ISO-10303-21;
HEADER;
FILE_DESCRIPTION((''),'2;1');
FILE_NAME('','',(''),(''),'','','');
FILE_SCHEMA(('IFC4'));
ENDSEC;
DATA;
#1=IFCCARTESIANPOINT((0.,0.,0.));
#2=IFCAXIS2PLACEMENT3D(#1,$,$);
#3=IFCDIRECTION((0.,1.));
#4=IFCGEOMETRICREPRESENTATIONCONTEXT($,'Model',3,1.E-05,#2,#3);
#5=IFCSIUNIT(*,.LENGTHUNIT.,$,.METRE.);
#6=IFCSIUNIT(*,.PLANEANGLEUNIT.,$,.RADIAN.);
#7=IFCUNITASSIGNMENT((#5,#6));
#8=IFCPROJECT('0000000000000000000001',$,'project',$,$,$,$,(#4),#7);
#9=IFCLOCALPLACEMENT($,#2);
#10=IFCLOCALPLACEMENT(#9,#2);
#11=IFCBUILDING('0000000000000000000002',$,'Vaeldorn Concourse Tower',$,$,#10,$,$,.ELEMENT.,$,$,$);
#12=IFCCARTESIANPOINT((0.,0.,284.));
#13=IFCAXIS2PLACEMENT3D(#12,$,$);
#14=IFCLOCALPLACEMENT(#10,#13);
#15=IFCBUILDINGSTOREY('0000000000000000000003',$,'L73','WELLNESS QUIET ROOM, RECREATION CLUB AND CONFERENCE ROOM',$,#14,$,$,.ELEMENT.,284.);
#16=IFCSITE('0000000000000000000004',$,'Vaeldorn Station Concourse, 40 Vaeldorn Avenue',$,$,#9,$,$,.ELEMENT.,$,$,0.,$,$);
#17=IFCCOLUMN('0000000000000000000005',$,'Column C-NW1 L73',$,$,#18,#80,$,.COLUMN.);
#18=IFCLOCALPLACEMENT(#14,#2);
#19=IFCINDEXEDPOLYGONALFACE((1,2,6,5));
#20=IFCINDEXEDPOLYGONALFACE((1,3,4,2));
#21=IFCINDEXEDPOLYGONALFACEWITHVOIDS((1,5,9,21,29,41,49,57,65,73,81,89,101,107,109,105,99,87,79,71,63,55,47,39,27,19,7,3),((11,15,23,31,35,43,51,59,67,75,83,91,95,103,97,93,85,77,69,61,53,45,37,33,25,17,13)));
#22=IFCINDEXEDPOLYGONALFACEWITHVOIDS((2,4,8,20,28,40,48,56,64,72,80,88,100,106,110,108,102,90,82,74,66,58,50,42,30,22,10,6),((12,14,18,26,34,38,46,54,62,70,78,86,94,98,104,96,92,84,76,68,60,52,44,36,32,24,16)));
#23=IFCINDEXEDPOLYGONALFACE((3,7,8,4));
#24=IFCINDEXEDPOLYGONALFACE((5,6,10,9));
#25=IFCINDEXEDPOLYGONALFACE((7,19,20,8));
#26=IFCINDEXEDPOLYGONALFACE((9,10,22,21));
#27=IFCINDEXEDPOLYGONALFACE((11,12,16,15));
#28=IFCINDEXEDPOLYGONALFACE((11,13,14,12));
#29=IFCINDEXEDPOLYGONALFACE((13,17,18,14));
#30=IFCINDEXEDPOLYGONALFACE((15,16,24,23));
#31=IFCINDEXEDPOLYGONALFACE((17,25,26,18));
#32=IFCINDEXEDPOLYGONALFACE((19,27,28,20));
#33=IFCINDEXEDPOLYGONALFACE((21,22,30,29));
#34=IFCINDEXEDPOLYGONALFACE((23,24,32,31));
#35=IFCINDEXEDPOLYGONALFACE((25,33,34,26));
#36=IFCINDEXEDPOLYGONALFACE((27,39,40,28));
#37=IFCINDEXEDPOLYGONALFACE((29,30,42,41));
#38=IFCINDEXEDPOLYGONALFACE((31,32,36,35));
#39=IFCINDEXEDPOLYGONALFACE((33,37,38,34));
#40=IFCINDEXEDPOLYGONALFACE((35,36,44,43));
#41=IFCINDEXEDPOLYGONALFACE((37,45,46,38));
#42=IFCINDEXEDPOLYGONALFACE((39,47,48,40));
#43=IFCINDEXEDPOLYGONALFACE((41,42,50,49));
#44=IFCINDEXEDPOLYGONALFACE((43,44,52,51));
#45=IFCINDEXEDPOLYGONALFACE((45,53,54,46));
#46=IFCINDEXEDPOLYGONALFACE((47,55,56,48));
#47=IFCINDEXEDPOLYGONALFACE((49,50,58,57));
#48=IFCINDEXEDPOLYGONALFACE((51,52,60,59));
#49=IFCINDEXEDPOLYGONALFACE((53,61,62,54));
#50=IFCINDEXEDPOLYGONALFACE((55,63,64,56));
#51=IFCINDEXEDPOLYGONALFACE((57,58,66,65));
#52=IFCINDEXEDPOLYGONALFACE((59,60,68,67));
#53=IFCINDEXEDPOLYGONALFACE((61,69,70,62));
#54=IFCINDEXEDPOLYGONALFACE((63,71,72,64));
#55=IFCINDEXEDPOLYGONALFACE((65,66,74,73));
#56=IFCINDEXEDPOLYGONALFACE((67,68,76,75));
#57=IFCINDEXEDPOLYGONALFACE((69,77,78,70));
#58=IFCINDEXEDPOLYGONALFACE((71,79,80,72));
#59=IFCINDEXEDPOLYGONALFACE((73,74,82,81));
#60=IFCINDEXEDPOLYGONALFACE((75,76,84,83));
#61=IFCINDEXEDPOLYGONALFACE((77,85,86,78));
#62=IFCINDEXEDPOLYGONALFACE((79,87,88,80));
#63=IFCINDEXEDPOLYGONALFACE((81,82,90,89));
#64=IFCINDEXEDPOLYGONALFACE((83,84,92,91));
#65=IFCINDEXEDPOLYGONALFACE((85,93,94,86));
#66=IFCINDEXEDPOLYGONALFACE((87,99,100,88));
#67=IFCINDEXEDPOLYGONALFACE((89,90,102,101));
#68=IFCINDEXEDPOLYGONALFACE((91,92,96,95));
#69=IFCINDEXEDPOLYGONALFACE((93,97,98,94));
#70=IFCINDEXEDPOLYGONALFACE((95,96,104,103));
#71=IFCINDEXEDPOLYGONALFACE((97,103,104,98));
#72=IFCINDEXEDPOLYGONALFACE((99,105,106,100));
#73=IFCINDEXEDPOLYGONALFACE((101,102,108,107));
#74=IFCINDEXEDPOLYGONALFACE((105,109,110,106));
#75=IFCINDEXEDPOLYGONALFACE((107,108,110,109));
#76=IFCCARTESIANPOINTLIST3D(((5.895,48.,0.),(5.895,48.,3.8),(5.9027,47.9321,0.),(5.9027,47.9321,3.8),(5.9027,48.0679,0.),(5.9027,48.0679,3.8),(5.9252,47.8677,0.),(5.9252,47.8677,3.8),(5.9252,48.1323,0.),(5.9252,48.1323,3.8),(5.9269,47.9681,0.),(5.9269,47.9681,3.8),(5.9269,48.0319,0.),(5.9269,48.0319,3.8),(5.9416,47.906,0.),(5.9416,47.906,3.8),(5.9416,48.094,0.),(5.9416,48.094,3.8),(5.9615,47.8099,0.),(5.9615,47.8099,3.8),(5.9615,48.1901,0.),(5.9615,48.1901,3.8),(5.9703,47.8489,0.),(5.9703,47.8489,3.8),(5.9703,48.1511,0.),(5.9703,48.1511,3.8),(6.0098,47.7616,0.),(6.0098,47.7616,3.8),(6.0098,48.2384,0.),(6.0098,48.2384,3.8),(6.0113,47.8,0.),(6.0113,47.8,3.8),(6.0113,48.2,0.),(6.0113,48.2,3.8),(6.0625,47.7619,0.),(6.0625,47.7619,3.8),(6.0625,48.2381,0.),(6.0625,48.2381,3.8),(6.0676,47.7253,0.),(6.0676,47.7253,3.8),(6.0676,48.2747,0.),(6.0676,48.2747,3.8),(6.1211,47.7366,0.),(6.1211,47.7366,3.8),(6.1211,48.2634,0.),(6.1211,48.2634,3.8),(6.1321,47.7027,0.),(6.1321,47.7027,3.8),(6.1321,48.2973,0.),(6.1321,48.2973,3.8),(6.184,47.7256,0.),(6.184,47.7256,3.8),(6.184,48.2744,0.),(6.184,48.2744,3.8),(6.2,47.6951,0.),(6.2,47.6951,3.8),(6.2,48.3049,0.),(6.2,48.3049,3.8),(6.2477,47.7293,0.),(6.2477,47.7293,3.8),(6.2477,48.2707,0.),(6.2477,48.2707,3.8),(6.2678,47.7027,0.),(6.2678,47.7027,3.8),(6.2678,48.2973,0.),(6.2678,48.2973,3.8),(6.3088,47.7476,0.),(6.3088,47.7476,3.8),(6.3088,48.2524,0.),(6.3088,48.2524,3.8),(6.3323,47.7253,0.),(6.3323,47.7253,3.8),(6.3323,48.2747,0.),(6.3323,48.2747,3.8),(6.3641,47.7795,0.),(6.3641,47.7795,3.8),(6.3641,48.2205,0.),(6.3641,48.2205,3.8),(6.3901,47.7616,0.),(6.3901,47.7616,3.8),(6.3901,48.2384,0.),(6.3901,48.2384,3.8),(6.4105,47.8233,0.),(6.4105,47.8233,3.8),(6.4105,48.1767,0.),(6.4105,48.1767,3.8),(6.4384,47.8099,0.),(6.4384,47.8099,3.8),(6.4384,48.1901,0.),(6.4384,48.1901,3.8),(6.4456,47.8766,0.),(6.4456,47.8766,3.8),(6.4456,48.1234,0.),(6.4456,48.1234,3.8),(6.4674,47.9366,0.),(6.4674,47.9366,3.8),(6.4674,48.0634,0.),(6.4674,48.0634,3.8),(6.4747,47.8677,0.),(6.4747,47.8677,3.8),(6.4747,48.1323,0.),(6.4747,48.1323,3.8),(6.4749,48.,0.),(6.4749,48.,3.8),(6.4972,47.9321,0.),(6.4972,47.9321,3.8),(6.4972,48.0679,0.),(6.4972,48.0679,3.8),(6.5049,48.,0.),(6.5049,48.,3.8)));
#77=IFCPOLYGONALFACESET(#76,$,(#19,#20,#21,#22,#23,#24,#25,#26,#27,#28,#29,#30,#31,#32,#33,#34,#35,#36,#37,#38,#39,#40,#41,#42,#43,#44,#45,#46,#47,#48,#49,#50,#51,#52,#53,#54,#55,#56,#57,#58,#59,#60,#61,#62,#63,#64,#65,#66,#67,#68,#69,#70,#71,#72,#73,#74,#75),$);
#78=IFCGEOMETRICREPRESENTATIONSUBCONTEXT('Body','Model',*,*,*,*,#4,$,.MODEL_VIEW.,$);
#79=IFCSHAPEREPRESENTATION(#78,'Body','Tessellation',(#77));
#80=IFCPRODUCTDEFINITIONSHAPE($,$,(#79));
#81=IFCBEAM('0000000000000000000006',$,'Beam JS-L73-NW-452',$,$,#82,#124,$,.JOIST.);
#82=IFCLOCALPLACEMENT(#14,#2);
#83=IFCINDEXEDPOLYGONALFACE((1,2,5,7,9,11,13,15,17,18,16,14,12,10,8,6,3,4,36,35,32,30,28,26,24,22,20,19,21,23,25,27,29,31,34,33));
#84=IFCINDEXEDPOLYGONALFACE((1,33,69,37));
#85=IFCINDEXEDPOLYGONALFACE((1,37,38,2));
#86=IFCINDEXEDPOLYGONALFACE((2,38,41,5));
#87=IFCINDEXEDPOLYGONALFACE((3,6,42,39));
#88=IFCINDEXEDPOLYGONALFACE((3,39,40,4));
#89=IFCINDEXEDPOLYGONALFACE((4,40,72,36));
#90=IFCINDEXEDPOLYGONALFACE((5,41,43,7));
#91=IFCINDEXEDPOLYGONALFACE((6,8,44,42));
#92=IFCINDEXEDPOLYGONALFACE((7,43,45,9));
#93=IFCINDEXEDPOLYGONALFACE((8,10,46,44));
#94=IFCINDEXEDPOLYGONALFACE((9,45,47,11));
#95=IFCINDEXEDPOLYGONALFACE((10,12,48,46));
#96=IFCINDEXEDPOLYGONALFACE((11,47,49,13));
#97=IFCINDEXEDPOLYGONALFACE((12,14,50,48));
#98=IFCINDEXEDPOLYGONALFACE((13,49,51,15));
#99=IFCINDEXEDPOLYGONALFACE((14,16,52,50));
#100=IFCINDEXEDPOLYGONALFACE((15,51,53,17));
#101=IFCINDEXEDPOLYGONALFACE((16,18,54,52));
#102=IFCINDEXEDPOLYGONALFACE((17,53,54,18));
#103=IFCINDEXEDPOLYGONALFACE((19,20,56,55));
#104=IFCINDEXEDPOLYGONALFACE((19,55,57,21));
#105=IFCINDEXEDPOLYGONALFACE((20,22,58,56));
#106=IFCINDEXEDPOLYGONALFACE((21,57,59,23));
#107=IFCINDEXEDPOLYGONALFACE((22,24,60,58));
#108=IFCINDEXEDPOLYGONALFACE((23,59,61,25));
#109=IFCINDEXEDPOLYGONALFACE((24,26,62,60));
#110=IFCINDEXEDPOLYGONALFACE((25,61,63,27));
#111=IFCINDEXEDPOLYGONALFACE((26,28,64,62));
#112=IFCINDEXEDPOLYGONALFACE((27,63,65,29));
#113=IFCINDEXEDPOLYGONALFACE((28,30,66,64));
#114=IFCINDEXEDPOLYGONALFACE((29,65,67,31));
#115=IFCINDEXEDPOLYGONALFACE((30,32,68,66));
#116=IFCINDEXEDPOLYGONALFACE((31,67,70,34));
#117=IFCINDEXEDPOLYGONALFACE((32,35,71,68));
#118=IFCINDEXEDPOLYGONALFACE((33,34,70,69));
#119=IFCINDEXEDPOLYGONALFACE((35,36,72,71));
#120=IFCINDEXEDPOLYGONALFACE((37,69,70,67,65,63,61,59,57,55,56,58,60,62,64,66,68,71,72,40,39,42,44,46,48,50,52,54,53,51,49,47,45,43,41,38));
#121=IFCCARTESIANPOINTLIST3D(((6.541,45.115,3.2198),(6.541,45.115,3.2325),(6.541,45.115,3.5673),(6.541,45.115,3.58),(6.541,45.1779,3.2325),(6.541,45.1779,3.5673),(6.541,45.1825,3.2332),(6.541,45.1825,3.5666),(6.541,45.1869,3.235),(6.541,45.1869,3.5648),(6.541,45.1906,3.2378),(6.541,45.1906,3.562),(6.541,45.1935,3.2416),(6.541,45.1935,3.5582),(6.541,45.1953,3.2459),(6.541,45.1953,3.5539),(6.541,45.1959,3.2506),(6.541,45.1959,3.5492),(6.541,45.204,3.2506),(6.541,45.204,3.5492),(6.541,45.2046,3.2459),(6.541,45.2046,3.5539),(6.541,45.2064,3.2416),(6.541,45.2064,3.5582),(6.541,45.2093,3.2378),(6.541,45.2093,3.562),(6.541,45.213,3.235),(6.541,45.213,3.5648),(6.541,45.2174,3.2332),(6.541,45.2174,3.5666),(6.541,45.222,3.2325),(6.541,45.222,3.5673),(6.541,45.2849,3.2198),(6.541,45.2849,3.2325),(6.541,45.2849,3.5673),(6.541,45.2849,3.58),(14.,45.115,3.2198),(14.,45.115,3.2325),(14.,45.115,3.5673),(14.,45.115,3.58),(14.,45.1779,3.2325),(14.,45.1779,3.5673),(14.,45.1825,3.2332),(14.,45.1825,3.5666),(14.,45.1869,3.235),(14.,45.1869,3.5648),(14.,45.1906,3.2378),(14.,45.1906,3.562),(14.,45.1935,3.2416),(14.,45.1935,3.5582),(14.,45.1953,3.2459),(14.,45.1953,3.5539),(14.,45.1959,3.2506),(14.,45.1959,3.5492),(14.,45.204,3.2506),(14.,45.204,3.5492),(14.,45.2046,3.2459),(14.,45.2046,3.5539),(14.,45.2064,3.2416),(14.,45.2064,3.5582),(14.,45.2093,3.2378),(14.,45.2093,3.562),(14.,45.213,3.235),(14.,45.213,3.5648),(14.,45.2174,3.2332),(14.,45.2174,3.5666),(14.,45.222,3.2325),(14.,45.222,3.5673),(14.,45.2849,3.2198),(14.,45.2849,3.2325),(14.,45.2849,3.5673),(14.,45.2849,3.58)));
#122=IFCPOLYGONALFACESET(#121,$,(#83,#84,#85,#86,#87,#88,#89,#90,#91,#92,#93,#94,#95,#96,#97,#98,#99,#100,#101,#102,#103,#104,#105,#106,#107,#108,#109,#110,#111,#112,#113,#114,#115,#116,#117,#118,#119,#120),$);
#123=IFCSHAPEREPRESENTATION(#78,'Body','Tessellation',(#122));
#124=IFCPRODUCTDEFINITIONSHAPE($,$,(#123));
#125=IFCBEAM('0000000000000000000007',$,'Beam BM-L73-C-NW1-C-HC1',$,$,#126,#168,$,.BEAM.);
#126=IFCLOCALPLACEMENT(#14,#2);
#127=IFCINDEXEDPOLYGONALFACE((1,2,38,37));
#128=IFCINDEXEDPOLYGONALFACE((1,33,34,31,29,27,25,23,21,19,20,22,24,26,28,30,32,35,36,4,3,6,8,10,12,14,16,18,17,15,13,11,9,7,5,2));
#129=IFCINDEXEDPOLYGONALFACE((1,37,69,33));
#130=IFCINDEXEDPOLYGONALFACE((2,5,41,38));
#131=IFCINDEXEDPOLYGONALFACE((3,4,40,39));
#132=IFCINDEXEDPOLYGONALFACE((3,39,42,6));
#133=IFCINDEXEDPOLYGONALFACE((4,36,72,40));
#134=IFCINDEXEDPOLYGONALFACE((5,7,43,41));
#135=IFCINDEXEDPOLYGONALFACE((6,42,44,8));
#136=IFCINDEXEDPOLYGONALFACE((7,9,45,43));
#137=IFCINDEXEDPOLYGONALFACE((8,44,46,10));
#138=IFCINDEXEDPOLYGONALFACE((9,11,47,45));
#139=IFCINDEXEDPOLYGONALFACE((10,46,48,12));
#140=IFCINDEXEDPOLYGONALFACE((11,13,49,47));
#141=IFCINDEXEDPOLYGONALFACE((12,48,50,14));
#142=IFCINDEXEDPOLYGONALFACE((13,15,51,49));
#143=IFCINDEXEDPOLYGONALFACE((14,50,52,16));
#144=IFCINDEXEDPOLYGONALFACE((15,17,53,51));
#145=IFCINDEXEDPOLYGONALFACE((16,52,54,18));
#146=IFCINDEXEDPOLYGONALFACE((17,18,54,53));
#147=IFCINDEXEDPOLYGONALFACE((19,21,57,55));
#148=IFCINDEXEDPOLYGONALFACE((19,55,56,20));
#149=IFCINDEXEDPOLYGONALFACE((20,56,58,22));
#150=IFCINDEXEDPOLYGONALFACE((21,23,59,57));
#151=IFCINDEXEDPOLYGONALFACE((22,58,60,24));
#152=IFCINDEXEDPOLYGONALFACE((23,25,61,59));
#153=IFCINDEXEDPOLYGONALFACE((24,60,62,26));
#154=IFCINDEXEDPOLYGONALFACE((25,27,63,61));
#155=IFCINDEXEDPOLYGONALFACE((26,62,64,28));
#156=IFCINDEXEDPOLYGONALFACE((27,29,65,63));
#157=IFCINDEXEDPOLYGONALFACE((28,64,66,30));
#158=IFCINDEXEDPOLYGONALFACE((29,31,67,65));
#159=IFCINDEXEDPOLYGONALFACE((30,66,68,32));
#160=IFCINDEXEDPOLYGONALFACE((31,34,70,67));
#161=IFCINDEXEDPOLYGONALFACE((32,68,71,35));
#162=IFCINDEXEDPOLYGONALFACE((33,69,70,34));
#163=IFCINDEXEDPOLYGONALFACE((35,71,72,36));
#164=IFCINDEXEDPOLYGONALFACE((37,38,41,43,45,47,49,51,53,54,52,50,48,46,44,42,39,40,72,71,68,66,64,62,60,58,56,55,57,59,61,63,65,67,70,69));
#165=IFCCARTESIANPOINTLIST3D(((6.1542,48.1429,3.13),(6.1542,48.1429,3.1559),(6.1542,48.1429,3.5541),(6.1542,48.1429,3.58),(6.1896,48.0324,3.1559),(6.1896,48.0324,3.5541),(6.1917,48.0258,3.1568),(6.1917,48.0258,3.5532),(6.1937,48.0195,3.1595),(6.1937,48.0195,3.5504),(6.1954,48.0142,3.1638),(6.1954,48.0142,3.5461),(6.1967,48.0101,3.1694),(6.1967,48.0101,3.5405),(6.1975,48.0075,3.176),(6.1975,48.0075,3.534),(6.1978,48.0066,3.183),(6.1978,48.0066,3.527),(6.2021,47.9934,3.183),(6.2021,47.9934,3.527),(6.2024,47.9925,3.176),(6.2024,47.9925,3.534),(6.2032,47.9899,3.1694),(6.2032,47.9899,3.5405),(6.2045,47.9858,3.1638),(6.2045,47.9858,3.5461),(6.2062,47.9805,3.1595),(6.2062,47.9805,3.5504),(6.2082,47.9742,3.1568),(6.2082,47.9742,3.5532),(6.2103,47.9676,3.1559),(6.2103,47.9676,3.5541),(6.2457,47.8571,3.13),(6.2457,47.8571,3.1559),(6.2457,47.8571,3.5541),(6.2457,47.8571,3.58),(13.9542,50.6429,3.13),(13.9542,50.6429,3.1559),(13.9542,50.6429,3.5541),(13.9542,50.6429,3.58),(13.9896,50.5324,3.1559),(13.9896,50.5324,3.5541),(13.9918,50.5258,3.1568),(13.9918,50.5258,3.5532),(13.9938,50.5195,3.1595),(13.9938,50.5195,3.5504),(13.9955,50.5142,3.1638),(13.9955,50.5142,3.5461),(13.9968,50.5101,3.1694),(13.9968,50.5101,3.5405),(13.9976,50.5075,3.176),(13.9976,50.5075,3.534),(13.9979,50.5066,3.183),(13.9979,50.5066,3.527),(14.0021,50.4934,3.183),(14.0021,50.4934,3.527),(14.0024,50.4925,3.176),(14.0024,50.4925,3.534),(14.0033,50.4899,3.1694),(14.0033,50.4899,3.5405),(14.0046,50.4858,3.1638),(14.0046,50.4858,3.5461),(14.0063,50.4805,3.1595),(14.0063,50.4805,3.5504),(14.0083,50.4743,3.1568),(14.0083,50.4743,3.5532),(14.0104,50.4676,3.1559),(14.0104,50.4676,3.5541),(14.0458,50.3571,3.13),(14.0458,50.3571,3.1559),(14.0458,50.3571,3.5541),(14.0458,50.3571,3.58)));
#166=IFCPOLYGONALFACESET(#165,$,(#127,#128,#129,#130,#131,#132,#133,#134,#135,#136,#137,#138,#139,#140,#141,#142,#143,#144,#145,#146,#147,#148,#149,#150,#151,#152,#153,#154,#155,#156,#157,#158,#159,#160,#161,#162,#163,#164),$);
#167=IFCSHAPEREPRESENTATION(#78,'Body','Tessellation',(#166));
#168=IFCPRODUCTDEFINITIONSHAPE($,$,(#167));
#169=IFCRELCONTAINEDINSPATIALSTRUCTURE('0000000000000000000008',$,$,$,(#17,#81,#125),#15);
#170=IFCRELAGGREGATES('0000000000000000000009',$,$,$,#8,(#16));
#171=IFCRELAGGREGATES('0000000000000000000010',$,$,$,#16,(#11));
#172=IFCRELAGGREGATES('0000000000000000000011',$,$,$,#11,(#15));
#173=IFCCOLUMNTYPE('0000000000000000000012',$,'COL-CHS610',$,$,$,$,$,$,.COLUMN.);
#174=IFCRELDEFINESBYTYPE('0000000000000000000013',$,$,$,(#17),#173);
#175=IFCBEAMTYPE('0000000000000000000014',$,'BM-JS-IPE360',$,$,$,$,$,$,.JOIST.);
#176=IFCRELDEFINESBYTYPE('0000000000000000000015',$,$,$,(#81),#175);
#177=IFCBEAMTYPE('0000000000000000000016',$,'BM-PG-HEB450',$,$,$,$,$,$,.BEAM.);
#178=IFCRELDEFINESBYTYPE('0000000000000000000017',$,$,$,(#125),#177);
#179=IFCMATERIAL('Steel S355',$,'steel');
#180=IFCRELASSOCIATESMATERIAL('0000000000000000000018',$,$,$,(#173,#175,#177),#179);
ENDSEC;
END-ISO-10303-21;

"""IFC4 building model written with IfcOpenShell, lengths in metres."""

from ifc_helpers import new_model, si_unit, direction, frame, origin, origin_2d, place, context, subcontext, project, spatial, hollow_circle, i_section, extrude, source, transform, mapped, material, material_profile, profile_set, type_object, element, save


model = new_model("IFC4")

# Units and contexts
model_context = context("Model", 3, precision=1e-05, world=origin(), true_north=direction((0.0, 1.0)))
body_context = subcontext(model_context, "Body", "Model", "MODEL_VIEW")
ifc_project = project(units=[si_unit("LENGTHUNIT", "METRE"), si_unit("PLANEANGLEUNIT", "RADIAN")], contexts=[model_context])

# Site, building, storey
site_placement = place(None, origin())
site = spatial("IfcSite", under=ifc_project, at=site_placement, Name="Vaeldorn Station Concourse, 40 Vaeldorn Avenue", CompositionType="ELEMENT", RefElevation=0.0)
building_placement = place(site_placement, origin())
building = spatial("IfcBuilding", under=site, at=building_placement, Name="Vaeldorn Concourse Tower", CompositionType="ELEMENT")
storey_placement = place(building_placement, frame((0.0, 0.0, 284.0)))
storey = spatial("IfcBuildingStorey", under=building, at=storey_placement, Name="L73", Description="WELLNESS QUIET ROOM, RECREATION CLUB AND CONFERENCE ROOM", CompositionType="ELEMENT", Elevation=284.0)

# Column
ifc_material_1 = material(Name="Steel S355", Category="steel")
ifc_material_profile_1 = material_profile(ifc_material_1, hollow_circle(Radius=0.3049, WallThickness=0.03, at=origin_2d()), Name="CHS 610x30")
ifc_profile_set_1 = profile_set([ifc_material_profile_1], Name="Steel S355")
column_type = type_object("IfcColumnType", Name="COL-CHS610", PredefinedType="COLUMN", material=ifc_profile_set_1)
shared_shape_1 = source(origin(), body_context, "Body", "SweptSolid", [
    extrude(hollow_circle(Radius=0.3049, WallThickness=0.03, at=origin_2d()), origin(), (0.0, 0.0, 1.0), 3.8),
])
column_placement = place(storey_placement, frame((6.2, 48.0, 0.0), z_axis=(0.0, 0.0, 1.0), x_axis=(1.0, 0.0, 0.0)))
element("IfcColumn", 1, at=column_placement, inside=storey, type_object=column_type, Name="Column C-NW1 L73", PredefinedType="COLUMN", context=body_context, shape_type="MappedRepresentation", body=[
    mapped(shared_shape_1, transform((0.0, 0.0, 0.0), scale=1.0)),
])

# Beams
ifc_material_profile_2 = material_profile(ifc_material_1, i_section(OverallWidth=0.1699, OverallDepth=0.3601, WebThickness=0.0081, FlangeThickness=0.0127, FilletRadius=0.0181, at=origin_2d()), Name="IPE 360")
ifc_profile_set_2 = profile_set([ifc_material_profile_2], Name="Steel S355")
beam_type_1 = type_object("IfcBeamType", Name="BM-JS-IPE360", PredefinedType="JOIST", material=ifc_profile_set_2)
shared_shape_2 = source(origin(), body_context, "Body", "SweptSolid", [
    extrude(i_section(OverallWidth=0.1699, OverallDepth=0.3601, WebThickness=0.0081, FlangeThickness=0.0127, FilletRadius=0.0181, at=origin_2d()), origin(), (0.0, 0.0, 1.0), 7.459),
])
beam_1_placement = place(storey_placement, frame((6.541, 45.2, 3.3999), z_axis=(1.0, 0.0, 0.0), x_axis=(0.0, 1.0, 0.0)))
element("IfcBeam", 2, at=beam_1_placement, inside=storey, type_object=beam_type_1, Name="Beam JS-L73-NW-452", PredefinedType="JOIST", context=body_context, shape_type="MappedRepresentation", body=[
    mapped(shared_shape_2, transform((0.0, 0.0, 0.0), scale=1.0)),
])
ifc_material_profile_3 = material_profile(ifc_material_1, i_section(OverallWidth=0.3, OverallDepth=0.45, WebThickness=0.0139, FlangeThickness=0.0259, FilletRadius=0.0271, at=origin_2d()), Name="HEB 450")
ifc_profile_set_3 = profile_set([ifc_material_profile_3], Name="Steel S355")
beam_type_2 = type_object("IfcBeamType", Name="BM-PG-HEB450", PredefinedType="BEAM", material=ifc_profile_set_3)
shared_shape_3 = source(origin(), body_context, "Body", "SweptSolid", [
    extrude(i_section(OverallWidth=0.3, OverallDepth=0.45, WebThickness=0.0139, FlangeThickness=0.0259, FilletRadius=0.0271, at=origin_2d()), origin(), (0.0, 0.0, 1.0), 8.1909),
])
beam_2_placement = place(storey_placement, frame((6.2, 48.0, 3.355), z_axis=(0.952283, 0.305217, 0.0), x_axis=(-0.305217, 0.952283, 0.0)))
element("IfcBeam", 3, at=beam_2_placement, inside=storey, type_object=beam_type_2, Name="Beam BM-L73-C-NW1-C-HC1", PredefinedType="BEAM", context=body_context, shape_type="MappedRepresentation", body=[
    mapped(shared_shape_3, transform((0.0, 0.0, 0.0), scale=1.0)),
])

save(model, "model.ifc")
